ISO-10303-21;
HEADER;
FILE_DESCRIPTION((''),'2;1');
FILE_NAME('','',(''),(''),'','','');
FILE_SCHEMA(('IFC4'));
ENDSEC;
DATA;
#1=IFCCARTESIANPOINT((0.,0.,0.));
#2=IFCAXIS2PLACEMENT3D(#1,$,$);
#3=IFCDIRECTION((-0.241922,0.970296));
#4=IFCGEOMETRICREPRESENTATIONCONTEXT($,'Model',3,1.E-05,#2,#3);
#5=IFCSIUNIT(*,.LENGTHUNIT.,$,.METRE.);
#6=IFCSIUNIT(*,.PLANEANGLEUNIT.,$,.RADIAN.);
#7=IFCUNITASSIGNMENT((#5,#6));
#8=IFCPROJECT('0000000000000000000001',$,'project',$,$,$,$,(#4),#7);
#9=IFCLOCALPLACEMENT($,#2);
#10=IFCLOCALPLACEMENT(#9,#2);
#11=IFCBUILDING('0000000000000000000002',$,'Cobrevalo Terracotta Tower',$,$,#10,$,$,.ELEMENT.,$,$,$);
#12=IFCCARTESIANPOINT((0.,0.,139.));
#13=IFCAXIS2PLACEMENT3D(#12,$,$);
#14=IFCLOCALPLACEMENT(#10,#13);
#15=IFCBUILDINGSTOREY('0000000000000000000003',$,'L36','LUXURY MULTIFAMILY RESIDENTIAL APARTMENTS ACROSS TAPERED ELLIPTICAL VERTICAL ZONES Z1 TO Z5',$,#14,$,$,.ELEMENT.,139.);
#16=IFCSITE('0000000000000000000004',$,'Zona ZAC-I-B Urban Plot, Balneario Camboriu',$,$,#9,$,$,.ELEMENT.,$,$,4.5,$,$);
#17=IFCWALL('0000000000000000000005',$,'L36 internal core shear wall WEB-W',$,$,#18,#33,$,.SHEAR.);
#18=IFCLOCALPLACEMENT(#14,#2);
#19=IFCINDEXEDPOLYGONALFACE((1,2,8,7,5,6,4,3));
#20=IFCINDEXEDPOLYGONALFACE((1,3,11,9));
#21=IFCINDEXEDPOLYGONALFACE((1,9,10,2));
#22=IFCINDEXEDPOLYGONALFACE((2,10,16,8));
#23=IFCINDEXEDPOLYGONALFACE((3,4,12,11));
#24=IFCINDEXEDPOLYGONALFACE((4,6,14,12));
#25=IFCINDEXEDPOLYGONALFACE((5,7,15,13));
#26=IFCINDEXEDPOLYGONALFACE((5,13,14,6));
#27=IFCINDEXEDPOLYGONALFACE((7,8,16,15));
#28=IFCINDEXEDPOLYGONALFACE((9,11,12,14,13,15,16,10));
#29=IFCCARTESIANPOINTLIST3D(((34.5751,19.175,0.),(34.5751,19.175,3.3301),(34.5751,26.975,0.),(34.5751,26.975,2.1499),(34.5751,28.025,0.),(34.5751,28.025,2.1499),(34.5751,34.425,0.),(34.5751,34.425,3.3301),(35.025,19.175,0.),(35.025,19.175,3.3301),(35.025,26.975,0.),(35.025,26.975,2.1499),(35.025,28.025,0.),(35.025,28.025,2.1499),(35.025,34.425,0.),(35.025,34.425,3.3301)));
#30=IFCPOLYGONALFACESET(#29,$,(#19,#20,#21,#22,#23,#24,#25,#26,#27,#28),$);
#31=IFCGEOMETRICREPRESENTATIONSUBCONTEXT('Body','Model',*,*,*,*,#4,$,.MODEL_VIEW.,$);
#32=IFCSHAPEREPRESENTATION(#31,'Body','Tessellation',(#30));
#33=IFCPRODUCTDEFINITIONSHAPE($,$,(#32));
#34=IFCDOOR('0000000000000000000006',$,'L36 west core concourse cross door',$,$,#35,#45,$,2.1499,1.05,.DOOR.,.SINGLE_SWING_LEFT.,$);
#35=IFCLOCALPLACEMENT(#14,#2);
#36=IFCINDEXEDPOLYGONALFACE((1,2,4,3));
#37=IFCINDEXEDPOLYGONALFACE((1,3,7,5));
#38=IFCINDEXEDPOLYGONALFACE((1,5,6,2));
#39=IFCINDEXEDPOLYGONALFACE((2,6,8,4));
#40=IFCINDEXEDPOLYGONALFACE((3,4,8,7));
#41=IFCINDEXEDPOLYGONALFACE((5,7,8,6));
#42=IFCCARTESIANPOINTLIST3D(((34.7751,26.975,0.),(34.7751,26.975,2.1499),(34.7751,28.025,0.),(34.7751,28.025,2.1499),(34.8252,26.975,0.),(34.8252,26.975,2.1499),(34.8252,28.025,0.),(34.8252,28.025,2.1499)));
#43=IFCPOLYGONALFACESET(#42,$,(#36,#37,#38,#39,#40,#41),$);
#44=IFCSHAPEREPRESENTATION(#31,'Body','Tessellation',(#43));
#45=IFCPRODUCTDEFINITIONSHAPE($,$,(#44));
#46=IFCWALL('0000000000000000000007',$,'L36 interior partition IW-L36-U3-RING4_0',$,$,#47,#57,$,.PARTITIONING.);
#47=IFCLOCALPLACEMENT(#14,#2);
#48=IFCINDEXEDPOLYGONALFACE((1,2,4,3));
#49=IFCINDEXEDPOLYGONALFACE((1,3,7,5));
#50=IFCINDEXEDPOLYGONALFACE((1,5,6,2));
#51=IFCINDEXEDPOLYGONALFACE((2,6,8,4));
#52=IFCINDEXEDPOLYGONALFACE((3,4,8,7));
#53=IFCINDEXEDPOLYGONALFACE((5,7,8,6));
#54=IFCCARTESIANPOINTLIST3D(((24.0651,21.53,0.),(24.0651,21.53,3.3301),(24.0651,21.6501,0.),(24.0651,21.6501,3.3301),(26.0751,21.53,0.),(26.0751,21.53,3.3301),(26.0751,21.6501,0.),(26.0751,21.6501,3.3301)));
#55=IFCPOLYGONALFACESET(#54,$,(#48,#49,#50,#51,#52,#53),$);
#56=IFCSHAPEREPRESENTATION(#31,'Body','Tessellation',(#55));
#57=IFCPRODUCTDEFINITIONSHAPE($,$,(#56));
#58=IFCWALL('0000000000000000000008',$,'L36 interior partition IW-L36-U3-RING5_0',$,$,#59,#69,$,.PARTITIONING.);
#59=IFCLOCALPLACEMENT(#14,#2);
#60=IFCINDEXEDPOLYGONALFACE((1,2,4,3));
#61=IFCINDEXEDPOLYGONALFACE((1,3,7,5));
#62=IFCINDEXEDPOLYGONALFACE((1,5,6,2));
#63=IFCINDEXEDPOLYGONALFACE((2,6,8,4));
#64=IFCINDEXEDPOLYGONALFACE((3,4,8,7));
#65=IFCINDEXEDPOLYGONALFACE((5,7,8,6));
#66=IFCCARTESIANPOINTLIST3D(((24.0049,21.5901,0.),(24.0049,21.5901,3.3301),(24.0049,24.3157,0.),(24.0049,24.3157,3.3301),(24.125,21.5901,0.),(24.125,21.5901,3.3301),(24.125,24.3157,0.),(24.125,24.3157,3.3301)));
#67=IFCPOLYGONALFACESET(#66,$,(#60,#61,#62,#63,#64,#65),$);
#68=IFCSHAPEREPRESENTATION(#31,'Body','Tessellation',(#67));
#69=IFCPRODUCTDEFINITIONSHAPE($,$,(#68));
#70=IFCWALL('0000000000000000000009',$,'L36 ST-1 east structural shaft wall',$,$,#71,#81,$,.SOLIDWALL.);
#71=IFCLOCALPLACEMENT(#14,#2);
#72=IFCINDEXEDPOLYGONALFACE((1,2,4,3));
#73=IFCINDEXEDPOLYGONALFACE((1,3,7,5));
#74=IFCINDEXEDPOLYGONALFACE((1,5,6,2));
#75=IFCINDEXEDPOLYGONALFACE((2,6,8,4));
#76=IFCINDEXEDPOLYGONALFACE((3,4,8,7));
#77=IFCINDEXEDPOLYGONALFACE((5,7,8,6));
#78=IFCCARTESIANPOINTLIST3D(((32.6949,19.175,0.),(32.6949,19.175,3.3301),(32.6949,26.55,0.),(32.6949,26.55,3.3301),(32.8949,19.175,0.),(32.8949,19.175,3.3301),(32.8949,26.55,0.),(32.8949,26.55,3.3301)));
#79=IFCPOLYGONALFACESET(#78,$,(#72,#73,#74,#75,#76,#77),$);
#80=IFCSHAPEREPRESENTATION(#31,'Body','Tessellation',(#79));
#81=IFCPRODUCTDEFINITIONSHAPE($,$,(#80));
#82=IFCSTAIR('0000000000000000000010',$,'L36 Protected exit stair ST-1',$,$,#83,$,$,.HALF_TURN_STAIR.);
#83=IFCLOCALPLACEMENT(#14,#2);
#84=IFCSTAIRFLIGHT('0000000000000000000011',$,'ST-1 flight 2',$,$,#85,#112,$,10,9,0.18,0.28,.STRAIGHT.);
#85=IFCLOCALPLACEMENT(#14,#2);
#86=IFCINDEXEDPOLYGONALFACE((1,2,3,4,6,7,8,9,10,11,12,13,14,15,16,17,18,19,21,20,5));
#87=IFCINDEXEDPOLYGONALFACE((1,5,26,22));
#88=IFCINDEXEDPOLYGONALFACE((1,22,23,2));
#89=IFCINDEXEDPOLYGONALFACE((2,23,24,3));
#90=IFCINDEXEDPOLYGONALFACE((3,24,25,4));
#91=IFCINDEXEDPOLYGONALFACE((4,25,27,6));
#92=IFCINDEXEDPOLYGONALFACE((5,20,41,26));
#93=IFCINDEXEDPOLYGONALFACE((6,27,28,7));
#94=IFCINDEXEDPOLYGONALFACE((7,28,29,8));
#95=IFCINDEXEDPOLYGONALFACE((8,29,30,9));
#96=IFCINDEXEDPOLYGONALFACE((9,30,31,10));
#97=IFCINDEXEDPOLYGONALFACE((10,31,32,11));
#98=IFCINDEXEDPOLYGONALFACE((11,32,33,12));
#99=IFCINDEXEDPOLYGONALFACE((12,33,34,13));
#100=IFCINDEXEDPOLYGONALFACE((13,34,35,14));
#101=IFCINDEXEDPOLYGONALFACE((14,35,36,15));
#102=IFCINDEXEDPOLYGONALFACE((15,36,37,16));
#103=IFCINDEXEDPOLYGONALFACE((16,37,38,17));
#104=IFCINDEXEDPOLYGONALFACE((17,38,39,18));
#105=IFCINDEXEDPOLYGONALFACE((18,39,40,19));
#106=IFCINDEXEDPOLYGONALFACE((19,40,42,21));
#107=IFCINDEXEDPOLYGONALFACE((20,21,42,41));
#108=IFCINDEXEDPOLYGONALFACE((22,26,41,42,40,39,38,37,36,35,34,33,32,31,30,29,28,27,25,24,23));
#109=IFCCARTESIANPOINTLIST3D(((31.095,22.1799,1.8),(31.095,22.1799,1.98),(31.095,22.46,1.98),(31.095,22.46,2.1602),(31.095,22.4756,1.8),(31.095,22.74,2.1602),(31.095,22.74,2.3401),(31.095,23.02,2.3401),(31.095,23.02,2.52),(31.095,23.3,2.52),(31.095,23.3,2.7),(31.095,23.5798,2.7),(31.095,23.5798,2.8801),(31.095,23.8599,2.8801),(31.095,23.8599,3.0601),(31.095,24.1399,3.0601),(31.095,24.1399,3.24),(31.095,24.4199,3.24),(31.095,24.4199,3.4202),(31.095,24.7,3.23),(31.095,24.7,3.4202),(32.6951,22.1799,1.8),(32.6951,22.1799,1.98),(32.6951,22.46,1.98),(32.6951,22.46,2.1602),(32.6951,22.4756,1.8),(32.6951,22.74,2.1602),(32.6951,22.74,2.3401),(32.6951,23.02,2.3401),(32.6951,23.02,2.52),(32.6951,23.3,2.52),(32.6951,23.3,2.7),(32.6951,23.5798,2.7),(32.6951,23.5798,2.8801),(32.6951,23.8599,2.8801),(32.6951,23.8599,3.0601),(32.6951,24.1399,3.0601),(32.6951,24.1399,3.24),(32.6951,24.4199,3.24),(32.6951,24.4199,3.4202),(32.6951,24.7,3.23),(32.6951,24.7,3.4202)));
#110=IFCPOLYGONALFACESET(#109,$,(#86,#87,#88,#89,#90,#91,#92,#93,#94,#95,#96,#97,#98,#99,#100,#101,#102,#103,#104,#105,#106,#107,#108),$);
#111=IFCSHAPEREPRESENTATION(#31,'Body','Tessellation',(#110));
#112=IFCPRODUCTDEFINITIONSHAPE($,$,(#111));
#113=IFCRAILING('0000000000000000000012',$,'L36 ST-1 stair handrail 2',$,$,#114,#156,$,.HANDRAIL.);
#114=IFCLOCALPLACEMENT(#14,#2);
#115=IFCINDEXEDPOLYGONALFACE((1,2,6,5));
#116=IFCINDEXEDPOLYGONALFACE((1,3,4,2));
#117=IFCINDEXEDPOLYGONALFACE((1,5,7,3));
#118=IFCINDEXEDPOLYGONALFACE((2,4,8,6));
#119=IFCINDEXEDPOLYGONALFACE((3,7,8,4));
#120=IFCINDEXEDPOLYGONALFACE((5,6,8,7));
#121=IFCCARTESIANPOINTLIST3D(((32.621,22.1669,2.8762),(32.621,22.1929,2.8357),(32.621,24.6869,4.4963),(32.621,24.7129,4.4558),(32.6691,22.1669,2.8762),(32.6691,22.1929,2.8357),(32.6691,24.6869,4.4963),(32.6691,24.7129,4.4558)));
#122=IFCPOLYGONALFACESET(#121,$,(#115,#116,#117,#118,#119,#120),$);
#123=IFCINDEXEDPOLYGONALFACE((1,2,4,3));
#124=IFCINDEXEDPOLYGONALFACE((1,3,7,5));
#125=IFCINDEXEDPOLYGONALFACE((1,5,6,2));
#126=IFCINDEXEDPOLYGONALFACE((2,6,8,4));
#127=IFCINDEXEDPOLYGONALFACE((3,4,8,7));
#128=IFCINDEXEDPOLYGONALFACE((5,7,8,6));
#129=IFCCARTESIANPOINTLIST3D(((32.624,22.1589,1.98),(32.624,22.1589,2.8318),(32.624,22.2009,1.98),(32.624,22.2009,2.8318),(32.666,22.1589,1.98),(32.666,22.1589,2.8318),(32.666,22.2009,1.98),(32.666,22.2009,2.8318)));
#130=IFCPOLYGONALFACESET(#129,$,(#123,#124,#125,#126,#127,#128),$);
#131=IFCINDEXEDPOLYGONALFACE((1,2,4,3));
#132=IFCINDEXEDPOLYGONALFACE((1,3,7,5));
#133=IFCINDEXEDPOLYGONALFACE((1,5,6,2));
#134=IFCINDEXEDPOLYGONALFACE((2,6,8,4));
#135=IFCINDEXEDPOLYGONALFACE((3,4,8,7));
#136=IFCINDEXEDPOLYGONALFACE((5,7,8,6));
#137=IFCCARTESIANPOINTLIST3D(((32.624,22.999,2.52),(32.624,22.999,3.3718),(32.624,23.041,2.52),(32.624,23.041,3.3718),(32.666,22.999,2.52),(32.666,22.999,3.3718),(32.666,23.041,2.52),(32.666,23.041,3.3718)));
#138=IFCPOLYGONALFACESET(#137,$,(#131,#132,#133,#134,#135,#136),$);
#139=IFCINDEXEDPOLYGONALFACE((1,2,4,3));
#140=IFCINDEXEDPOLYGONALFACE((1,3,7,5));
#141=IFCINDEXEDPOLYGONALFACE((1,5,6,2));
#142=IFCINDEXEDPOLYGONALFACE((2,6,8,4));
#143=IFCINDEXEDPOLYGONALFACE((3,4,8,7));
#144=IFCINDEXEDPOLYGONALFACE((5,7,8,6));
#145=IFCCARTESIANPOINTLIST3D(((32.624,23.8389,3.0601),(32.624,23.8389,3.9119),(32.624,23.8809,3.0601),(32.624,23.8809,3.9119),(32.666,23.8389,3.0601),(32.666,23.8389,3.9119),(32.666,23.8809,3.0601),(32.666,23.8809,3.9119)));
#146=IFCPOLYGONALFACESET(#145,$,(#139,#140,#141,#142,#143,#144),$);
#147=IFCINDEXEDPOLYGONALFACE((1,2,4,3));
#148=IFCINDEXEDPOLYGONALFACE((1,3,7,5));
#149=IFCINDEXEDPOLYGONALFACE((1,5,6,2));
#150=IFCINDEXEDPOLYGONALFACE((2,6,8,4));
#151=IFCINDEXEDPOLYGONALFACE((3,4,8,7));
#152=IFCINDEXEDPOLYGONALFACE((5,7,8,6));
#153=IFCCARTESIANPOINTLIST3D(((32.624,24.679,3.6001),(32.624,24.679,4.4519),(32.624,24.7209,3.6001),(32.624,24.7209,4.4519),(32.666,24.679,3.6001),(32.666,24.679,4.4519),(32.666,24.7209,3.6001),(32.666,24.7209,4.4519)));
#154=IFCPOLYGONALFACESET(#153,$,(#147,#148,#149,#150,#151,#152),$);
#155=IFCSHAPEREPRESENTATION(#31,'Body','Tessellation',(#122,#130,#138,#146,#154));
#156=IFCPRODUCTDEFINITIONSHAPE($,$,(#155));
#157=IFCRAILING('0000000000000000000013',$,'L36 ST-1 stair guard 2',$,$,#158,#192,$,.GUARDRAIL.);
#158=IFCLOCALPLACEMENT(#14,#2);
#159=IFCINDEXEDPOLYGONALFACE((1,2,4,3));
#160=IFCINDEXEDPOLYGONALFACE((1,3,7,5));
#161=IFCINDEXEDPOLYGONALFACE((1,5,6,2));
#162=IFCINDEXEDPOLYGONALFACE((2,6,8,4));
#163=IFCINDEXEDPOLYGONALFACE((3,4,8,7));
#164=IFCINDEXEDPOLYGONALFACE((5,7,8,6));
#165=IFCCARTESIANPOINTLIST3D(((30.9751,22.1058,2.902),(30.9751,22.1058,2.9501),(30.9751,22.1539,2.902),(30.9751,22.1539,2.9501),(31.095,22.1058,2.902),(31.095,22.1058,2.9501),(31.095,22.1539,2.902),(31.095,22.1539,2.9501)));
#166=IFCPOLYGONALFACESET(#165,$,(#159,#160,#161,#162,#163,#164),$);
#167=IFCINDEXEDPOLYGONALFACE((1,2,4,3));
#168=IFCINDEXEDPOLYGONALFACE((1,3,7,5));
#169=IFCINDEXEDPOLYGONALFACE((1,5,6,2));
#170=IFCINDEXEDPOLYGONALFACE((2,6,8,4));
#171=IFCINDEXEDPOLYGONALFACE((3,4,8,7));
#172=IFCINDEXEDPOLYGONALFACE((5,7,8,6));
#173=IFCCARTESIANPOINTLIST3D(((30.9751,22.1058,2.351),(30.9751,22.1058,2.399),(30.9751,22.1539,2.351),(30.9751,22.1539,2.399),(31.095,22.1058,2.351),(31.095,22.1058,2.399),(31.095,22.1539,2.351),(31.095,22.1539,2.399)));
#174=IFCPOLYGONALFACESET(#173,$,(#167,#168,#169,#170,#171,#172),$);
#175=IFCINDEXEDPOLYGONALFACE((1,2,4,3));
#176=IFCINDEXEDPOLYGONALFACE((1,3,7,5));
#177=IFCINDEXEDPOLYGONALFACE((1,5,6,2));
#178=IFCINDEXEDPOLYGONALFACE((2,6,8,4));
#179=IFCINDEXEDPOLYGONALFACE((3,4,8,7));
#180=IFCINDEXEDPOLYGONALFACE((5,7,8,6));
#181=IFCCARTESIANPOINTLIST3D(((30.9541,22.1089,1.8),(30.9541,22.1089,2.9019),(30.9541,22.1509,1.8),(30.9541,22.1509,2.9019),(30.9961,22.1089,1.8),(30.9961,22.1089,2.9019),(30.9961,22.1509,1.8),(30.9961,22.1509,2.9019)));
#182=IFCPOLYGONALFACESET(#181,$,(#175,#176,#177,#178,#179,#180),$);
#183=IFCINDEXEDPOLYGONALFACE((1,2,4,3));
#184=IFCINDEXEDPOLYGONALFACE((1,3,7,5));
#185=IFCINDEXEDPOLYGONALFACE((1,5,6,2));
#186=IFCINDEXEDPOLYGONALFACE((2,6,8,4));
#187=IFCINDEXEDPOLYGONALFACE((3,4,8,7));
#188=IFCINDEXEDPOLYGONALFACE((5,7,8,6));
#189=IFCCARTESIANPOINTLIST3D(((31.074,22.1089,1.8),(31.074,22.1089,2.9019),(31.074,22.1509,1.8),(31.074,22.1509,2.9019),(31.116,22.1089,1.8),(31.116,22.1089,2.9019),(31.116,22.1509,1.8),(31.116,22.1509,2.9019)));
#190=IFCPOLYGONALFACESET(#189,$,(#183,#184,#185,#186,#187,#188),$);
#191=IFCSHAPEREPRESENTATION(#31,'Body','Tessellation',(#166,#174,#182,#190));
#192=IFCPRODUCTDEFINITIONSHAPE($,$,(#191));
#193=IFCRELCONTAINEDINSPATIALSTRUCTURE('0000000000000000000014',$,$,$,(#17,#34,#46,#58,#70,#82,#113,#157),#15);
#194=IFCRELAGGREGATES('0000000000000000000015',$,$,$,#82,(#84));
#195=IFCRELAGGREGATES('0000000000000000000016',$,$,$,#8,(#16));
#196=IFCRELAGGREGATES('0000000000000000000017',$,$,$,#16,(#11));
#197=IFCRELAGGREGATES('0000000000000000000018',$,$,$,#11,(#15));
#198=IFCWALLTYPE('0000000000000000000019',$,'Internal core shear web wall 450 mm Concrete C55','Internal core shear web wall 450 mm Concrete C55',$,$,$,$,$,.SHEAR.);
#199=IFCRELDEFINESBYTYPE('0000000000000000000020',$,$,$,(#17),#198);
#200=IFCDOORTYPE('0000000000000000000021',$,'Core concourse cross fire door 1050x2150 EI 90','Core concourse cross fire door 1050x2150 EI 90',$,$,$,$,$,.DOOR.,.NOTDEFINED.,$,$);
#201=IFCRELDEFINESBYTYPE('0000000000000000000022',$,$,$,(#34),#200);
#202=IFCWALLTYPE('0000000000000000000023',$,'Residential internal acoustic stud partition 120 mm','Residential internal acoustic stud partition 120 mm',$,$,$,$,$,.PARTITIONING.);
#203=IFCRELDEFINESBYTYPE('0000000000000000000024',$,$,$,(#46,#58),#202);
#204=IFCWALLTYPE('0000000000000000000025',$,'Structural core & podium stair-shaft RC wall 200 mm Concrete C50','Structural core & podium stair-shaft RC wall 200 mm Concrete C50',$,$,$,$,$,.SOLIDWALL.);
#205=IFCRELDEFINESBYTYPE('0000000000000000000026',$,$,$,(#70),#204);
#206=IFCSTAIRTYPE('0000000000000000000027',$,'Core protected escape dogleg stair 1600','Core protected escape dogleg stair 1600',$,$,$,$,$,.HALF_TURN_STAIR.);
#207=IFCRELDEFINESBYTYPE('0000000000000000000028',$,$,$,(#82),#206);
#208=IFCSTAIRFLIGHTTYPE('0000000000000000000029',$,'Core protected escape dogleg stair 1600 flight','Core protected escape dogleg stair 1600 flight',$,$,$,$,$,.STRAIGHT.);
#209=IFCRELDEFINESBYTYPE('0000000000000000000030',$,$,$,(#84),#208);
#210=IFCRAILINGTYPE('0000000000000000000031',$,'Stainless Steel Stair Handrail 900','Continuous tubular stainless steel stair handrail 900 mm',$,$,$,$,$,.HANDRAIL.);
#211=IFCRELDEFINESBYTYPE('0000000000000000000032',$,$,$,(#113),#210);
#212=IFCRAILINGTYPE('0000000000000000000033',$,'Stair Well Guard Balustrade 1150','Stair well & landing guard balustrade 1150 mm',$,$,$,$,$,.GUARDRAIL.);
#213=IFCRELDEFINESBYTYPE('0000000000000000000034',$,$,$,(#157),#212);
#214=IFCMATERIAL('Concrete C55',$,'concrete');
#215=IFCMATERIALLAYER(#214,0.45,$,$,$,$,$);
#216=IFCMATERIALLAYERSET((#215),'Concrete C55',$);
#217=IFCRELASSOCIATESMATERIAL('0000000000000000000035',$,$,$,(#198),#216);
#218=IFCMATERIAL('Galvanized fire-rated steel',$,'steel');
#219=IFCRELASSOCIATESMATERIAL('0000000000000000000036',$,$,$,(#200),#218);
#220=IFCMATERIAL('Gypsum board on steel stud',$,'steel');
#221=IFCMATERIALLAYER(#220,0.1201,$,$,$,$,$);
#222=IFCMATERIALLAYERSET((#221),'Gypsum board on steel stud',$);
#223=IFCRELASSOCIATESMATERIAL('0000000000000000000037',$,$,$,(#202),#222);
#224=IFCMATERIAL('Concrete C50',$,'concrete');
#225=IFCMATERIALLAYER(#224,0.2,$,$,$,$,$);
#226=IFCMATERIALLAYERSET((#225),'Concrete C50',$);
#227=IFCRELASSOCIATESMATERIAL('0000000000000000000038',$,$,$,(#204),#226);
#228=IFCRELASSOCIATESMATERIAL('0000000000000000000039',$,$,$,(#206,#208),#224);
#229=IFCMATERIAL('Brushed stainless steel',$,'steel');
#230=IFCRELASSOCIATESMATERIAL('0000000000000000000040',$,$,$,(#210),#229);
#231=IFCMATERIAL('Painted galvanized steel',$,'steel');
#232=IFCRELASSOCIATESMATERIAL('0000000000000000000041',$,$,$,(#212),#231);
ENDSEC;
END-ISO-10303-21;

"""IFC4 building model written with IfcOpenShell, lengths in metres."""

from ifc_helpers import new_model, si_unit, direction, frame, frame_2d, origin, origin_2d, place, context, subcontext, project, spatial, polyline, rectangle, outline, extrude, source, transform, mapped, material, layer, layer_set, type_object, element, fill, aggregate, save


model = new_model("IFC4")

# Units and contexts
model_context = context("Model", 3, precision=1e-05, world=origin(), true_north=direction((-0.241922, 0.970296)))
body_context = subcontext(model_context, "Body", "Model", "MODEL_VIEW")
ifc_project = project(units=[si_unit("LENGTHUNIT", "METRE"), si_unit("PLANEANGLEUNIT", "RADIAN")], contexts=[model_context])

# Site, building, storey
site_placement = place(None, origin())
site = spatial("IfcSite", under=ifc_project, at=site_placement, Name="Zona ZAC-I-B Urban Plot, Balneario Camboriu", CompositionType="ELEMENT", RefElevation=4.5)
building_placement = place(site_placement, origin())
building = spatial("IfcBuilding", under=site, at=building_placement, Name="Cobrevalo Terracotta Tower", CompositionType="ELEMENT")
storey_placement = place(building_placement, frame((0.0, 0.0, 139.0)))
storey = spatial("IfcBuildingStorey", under=building, at=storey_placement, Name="L36", Description="LUXURY MULTIFAMILY RESIDENTIAL APARTMENTS ACROSS TAPERED ELLIPTICAL VERTICAL ZONES Z1 TO Z5", CompositionType="ELEMENT", Elevation=139.0)

# Shared definitions
ifc_material_1 = material(Name="Concrete C55", Category="concrete")

# Wall, opening, door
ifc_material_2 = material(Name="Galvanized fire-rated steel", Category="steel")
ifc_material_3 = material(Name="Gypsum board on steel stud", Category="steel")
ifc_layer_1 = layer(ifc_material_1, 0.45)
ifc_layer_set_1 = layer_set([ifc_layer_1], Name="Concrete C55")
wall_type_1 = type_object("IfcWallType", Name="Internal core shear web wall 450 mm Concrete C55", Description="Internal core shear web wall 450 mm Concrete C55", PredefinedType="SHEAR", material=ifc_layer_set_1)
wall_1_placement = place(storey_placement, frame((34.8, 19.175, 0.0), z_axis=(0.0, 0.0, 1.0), x_axis=(0.0, 1.0, 0.0)))
wall_1 = element("IfcWall", 1, at=wall_1_placement, inside=storey, type_object=wall_type_1, Name="L36 internal core shear wall WEB-W", PredefinedType="SHEAR", context=body_context, shape_type="SweptSolid", body=[
    extrude(rectangle(XDim=15.25, YDim=0.45, at=frame_2d((7.625, 0.0))), origin(), (0.0, 0.0, 1.0), 3.3301),
])
opening_1_placement = place(wall_1_placement, frame((7.8, 0.0, 0.0)))
opening_1 = element("IfcOpeningElement", 2, at=opening_1_placement, cuts=wall_1, PredefinedType="OPENING", context=body_context, shape_type="SweptSolid", body=[
    extrude(rectangle(XDim=1.05, YDim=2.1499, at=frame_2d((0.5249, 1.075))), frame((0.0, 0.2349, 0.0), z_axis=(0.0, -1.0, 0.0), x_axis=(1.0, 0.0, 0.0)), (0.0, 0.0, 1.0), 0.47),
])
door_type_1 = type_object("IfcDoorType", Name="Core concourse cross fire door 1050x2150 EI 90", Description="Core concourse cross fire door 1050x2150 EI 90", OperationType="NOTDEFINED", PredefinedType="DOOR", material=ifc_material_2)
shared_shape_1 = source(origin(), body_context, "Body", "SweptSolid", [
    extrude(rectangle(XDim=1.05, YDim=2.1499, at=frame_2d((0.5249, 1.075))), frame((0.0, 0.0249, 0.0), z_axis=(0.0, -1.0, 0.0), x_axis=(1.0, 0.0, 0.0)), (0.0, 0.0, 1.0), 0.05),
])
door_1_placement = place(opening_1_placement, origin())
door_1 = element("IfcDoor", 3, at=door_1_placement, inside=storey, type_object=door_type_1, Name="L36 west core concourse cross door", OperationType="SINGLE_SWING_LEFT", OverallHeight=2.1499, OverallWidth=1.05, PredefinedType="DOOR", context=body_context, shape_type="MappedRepresentation", body=[
    mapped(shared_shape_1, transform((0.0, 0.0, 0.0), scale=1.0)),
])
fill(opening_1, door_1)

# Walls
ifc_layer_2 = layer(ifc_material_3, 0.1201)
ifc_layer_set_2 = layer_set([ifc_layer_2], Name="Gypsum board on steel stud")
wall_type_2 = type_object("IfcWallType", Name="Residential internal acoustic stud partition 120 mm", Description="Residential internal acoustic stud partition 120 mm", PredefinedType="PARTITIONING", material=ifc_layer_set_2)
wall_2_placement = place(storey_placement, frame((26.075, 21.5901, 0.0), z_axis=(0.0, 0.0, 1.0), x_axis=(-1.0, 0.0, 0.0)))
element("IfcWall", 4, at=wall_2_placement, inside=storey, type_object=wall_type_2, Name="L36 interior partition IW-L36-U3-RING4_0", PredefinedType="PARTITIONING", context=body_context, shape_type="SweptSolid", body=[
    extrude(rectangle(XDim=2.01, YDim=0.1201, at=frame_2d((1.0049, 0.0))), origin(), (0.0, 0.0, 1.0), 3.3301),
])
wall_3_placement = place(storey_placement, frame((24.0649, 21.5901, 0.0), z_axis=(0.0, 0.0, 1.0), x_axis=(0.0, 1.0, 0.0)))
element("IfcWall", 5, at=wall_3_placement, inside=storey, type_object=wall_type_2, Name="L36 interior partition IW-L36-U3-RING5_0", PredefinedType="PARTITIONING", context=body_context, shape_type="SweptSolid", body=[
    extrude(rectangle(XDim=2.7256, YDim=0.1201, at=frame_2d((1.3628, 0.0))), origin(), (0.0, 0.0, 1.0), 3.3301),
])

# Wall
ifc_material_4 = material(Name="Concrete C50", Category="concrete")
ifc_layer_3 = layer(ifc_material_4, 0.2)
ifc_layer_set_3 = layer_set([ifc_layer_3], Name="Concrete C50")
wall_type_3 = type_object("IfcWallType", Name="Structural core & podium stair-shaft RC wall 200 mm Concrete C50", Description="Structural core & podium stair-shaft RC wall 200 mm Concrete C50", PredefinedType="SOLIDWALL", material=ifc_layer_set_3)
wall_4_placement = place(storey_placement, frame((32.7949, 19.175, 0.0), z_axis=(0.0, 0.0, 1.0), x_axis=(0.0, 1.0, 0.0)))
element("IfcWall", 6, at=wall_4_placement, inside=storey, type_object=wall_type_3, Name="L36 ST-1 east structural shaft wall", PredefinedType="SOLIDWALL", context=body_context, shape_type="SweptSolid", body=[
    extrude(rectangle(XDim=7.375, YDim=0.2, at=frame_2d((3.6875, 0.0))), origin(), (0.0, 0.0, 1.0), 3.3301),
])

# Stair, stair flight
stair_type = type_object("IfcStairType", Name="Core protected escape dogleg stair 1600", Description="Core protected escape dogleg stair 1600", PredefinedType="HALF_TURN_STAIR", material=ifc_material_4)
stair_placement = place(storey_placement, origin())
stair = element("IfcStair", 7, at=stair_placement, inside=storey, type_object=stair_type, Name="L36 Protected exit stair ST-1", PredefinedType="HALF_TURN_STAIR")
stair_flight_type = type_object("IfcStairFlightType", Name="Core protected escape dogleg stair 1600 flight", Description="Core protected escape dogleg stair 1600 flight", PredefinedType="STRAIGHT", material=ifc_material_4)
stair_flight_placement = place(storey_placement, frame((31.895, 22.1799, 1.8), z_axis=(0.0, 0.0, 1.0), x_axis=(0.0, 1.0, 0.0)))
stair_flight = element("IfcStairFlight", 8, at=stair_flight_placement, type_object=stair_flight_type, Name="ST-1 flight 2", NumberOfRisers=10, NumberOfTreads=9, PredefinedType="STRAIGHT", RiserHeight=0.18, TreadLength=0.28, context=body_context, shape_type="SweptSolid", body=[
    extrude(outline(polyline([(0.0, 0.0), (0.0, 0.1799), (0.28, 0.1799), (0.28, 0.3601), (0.5601, 0.3601), (0.5601, 0.54), (0.8401, 0.54), (0.8401, 0.72), (1.1201, 0.72), (1.1201, 0.8999), (1.3999, 0.8999), (1.3999, 1.0801), (1.6799, 1.0801), (1.6799, 1.26), (1.96, 1.26), (1.96, 1.4399), (2.24, 1.4399), (2.24, 1.6201), (2.52, 1.6201), (2.52, 1.8), (2.52, 1.4299), (0.2957, 0.0), (0.0, 0.0)])), frame((0.0, 0.8, 0.0), z_axis=(0.0, -1.0, 0.0), x_axis=(1.0, 0.0, 0.0)), (0.0, 0.0, 1.0), 1.6001),
])
aggregate(stair, [stair_flight])

# Railings
ifc_material_5 = material(Name="Brushed stainless steel", Category="steel")
railing_type_1 = type_object("IfcRailingType", Name="Stainless Steel Stair Handrail 900", Description="Continuous tubular stainless steel stair handrail 900 mm", PredefinedType="HANDRAIL", material=ifc_material_5)
railing_1_placement = place(storey_placement, frame((32.645, 22.1799, 1.98)))
element("IfcRailing", 9, at=railing_1_placement, inside=storey, type_object=railing_type_1, Name="L36 ST-1 stair handrail 2", PredefinedType="HANDRAIL", context=body_context, shape_type="SweptSolid", body=[
    extrude(rectangle(XDim=0.0481, YDim=0.0481, at=origin_2d()), frame((0.0, 0.0, 0.876), z_axis=(0.0, 0.841163, 0.540782), x_axis=(-1.0, 0.0, 0.0)), (0.0, 0.0, 1.0), 2.9958),
    extrude(rectangle(XDim=0.042, YDim=0.042, at=origin_2d()), origin(), (0.0, 0.0, 1.0), 0.8518),
    extrude(rectangle(XDim=0.042, YDim=0.042, at=origin_2d()), frame((0.0, 0.8401, 0.54)), (0.0, 0.0, 1.0), 0.8518),
    extrude(rectangle(XDim=0.042, YDim=0.042, at=origin_2d()), frame((0.0, 1.6799, 1.0801)), (0.0, 0.0, 1.0), 0.8518),
    extrude(rectangle(XDim=0.042, YDim=0.042, at=origin_2d()), frame((0.0, 2.52, 1.6201)), (0.0, 0.0, 1.0), 0.8518),
])
ifc_material_6 = material(Name="Painted galvanized steel", Category="steel")
railing_type_2 = type_object("IfcRailingType", Name="Stair Well Guard Balustrade 1150", Description="Stair well & landing guard balustrade 1150 mm", PredefinedType="GUARDRAIL", material=ifc_material_6)
railing_2_placement = place(storey_placement, frame((30.9751, 22.1299, 1.8)))
element("IfcRailing", 10, at=railing_2_placement, inside=storey, type_object=railing_type_2, Name="L36 ST-1 stair guard 2", PredefinedType="GUARDRAIL", context=body_context, shape_type="SweptSolid", body=[
    extrude(rectangle(XDim=0.0481, YDim=0.0481, at=origin_2d()), frame((0.0, 0.0, 1.126), z_axis=(1.0, 0.0, 0.0), x_axis=(0.0, 1.0, 0.0)), (0.0, 0.0, 1.0), 0.1199),
    extrude(rectangle(XDim=0.0481, YDim=0.0481, at=origin_2d()), frame((0.0, 0.0, 0.575), z_axis=(1.0, 0.0, 0.0), x_axis=(0.0, 1.0, 0.0)), (0.0, 0.0, 1.0), 0.1199),
    extrude(rectangle(XDim=0.042, YDim=0.042, at=origin_2d()), origin(), (0.0, 0.0, 1.0), 1.1018),
    extrude(rectangle(XDim=0.042, YDim=0.042, at=origin_2d()), frame((0.1199, 0.0, 0.0)), (0.0, 0.0, 1.0), 1.1018),
])

save(model, "model.ifc")
